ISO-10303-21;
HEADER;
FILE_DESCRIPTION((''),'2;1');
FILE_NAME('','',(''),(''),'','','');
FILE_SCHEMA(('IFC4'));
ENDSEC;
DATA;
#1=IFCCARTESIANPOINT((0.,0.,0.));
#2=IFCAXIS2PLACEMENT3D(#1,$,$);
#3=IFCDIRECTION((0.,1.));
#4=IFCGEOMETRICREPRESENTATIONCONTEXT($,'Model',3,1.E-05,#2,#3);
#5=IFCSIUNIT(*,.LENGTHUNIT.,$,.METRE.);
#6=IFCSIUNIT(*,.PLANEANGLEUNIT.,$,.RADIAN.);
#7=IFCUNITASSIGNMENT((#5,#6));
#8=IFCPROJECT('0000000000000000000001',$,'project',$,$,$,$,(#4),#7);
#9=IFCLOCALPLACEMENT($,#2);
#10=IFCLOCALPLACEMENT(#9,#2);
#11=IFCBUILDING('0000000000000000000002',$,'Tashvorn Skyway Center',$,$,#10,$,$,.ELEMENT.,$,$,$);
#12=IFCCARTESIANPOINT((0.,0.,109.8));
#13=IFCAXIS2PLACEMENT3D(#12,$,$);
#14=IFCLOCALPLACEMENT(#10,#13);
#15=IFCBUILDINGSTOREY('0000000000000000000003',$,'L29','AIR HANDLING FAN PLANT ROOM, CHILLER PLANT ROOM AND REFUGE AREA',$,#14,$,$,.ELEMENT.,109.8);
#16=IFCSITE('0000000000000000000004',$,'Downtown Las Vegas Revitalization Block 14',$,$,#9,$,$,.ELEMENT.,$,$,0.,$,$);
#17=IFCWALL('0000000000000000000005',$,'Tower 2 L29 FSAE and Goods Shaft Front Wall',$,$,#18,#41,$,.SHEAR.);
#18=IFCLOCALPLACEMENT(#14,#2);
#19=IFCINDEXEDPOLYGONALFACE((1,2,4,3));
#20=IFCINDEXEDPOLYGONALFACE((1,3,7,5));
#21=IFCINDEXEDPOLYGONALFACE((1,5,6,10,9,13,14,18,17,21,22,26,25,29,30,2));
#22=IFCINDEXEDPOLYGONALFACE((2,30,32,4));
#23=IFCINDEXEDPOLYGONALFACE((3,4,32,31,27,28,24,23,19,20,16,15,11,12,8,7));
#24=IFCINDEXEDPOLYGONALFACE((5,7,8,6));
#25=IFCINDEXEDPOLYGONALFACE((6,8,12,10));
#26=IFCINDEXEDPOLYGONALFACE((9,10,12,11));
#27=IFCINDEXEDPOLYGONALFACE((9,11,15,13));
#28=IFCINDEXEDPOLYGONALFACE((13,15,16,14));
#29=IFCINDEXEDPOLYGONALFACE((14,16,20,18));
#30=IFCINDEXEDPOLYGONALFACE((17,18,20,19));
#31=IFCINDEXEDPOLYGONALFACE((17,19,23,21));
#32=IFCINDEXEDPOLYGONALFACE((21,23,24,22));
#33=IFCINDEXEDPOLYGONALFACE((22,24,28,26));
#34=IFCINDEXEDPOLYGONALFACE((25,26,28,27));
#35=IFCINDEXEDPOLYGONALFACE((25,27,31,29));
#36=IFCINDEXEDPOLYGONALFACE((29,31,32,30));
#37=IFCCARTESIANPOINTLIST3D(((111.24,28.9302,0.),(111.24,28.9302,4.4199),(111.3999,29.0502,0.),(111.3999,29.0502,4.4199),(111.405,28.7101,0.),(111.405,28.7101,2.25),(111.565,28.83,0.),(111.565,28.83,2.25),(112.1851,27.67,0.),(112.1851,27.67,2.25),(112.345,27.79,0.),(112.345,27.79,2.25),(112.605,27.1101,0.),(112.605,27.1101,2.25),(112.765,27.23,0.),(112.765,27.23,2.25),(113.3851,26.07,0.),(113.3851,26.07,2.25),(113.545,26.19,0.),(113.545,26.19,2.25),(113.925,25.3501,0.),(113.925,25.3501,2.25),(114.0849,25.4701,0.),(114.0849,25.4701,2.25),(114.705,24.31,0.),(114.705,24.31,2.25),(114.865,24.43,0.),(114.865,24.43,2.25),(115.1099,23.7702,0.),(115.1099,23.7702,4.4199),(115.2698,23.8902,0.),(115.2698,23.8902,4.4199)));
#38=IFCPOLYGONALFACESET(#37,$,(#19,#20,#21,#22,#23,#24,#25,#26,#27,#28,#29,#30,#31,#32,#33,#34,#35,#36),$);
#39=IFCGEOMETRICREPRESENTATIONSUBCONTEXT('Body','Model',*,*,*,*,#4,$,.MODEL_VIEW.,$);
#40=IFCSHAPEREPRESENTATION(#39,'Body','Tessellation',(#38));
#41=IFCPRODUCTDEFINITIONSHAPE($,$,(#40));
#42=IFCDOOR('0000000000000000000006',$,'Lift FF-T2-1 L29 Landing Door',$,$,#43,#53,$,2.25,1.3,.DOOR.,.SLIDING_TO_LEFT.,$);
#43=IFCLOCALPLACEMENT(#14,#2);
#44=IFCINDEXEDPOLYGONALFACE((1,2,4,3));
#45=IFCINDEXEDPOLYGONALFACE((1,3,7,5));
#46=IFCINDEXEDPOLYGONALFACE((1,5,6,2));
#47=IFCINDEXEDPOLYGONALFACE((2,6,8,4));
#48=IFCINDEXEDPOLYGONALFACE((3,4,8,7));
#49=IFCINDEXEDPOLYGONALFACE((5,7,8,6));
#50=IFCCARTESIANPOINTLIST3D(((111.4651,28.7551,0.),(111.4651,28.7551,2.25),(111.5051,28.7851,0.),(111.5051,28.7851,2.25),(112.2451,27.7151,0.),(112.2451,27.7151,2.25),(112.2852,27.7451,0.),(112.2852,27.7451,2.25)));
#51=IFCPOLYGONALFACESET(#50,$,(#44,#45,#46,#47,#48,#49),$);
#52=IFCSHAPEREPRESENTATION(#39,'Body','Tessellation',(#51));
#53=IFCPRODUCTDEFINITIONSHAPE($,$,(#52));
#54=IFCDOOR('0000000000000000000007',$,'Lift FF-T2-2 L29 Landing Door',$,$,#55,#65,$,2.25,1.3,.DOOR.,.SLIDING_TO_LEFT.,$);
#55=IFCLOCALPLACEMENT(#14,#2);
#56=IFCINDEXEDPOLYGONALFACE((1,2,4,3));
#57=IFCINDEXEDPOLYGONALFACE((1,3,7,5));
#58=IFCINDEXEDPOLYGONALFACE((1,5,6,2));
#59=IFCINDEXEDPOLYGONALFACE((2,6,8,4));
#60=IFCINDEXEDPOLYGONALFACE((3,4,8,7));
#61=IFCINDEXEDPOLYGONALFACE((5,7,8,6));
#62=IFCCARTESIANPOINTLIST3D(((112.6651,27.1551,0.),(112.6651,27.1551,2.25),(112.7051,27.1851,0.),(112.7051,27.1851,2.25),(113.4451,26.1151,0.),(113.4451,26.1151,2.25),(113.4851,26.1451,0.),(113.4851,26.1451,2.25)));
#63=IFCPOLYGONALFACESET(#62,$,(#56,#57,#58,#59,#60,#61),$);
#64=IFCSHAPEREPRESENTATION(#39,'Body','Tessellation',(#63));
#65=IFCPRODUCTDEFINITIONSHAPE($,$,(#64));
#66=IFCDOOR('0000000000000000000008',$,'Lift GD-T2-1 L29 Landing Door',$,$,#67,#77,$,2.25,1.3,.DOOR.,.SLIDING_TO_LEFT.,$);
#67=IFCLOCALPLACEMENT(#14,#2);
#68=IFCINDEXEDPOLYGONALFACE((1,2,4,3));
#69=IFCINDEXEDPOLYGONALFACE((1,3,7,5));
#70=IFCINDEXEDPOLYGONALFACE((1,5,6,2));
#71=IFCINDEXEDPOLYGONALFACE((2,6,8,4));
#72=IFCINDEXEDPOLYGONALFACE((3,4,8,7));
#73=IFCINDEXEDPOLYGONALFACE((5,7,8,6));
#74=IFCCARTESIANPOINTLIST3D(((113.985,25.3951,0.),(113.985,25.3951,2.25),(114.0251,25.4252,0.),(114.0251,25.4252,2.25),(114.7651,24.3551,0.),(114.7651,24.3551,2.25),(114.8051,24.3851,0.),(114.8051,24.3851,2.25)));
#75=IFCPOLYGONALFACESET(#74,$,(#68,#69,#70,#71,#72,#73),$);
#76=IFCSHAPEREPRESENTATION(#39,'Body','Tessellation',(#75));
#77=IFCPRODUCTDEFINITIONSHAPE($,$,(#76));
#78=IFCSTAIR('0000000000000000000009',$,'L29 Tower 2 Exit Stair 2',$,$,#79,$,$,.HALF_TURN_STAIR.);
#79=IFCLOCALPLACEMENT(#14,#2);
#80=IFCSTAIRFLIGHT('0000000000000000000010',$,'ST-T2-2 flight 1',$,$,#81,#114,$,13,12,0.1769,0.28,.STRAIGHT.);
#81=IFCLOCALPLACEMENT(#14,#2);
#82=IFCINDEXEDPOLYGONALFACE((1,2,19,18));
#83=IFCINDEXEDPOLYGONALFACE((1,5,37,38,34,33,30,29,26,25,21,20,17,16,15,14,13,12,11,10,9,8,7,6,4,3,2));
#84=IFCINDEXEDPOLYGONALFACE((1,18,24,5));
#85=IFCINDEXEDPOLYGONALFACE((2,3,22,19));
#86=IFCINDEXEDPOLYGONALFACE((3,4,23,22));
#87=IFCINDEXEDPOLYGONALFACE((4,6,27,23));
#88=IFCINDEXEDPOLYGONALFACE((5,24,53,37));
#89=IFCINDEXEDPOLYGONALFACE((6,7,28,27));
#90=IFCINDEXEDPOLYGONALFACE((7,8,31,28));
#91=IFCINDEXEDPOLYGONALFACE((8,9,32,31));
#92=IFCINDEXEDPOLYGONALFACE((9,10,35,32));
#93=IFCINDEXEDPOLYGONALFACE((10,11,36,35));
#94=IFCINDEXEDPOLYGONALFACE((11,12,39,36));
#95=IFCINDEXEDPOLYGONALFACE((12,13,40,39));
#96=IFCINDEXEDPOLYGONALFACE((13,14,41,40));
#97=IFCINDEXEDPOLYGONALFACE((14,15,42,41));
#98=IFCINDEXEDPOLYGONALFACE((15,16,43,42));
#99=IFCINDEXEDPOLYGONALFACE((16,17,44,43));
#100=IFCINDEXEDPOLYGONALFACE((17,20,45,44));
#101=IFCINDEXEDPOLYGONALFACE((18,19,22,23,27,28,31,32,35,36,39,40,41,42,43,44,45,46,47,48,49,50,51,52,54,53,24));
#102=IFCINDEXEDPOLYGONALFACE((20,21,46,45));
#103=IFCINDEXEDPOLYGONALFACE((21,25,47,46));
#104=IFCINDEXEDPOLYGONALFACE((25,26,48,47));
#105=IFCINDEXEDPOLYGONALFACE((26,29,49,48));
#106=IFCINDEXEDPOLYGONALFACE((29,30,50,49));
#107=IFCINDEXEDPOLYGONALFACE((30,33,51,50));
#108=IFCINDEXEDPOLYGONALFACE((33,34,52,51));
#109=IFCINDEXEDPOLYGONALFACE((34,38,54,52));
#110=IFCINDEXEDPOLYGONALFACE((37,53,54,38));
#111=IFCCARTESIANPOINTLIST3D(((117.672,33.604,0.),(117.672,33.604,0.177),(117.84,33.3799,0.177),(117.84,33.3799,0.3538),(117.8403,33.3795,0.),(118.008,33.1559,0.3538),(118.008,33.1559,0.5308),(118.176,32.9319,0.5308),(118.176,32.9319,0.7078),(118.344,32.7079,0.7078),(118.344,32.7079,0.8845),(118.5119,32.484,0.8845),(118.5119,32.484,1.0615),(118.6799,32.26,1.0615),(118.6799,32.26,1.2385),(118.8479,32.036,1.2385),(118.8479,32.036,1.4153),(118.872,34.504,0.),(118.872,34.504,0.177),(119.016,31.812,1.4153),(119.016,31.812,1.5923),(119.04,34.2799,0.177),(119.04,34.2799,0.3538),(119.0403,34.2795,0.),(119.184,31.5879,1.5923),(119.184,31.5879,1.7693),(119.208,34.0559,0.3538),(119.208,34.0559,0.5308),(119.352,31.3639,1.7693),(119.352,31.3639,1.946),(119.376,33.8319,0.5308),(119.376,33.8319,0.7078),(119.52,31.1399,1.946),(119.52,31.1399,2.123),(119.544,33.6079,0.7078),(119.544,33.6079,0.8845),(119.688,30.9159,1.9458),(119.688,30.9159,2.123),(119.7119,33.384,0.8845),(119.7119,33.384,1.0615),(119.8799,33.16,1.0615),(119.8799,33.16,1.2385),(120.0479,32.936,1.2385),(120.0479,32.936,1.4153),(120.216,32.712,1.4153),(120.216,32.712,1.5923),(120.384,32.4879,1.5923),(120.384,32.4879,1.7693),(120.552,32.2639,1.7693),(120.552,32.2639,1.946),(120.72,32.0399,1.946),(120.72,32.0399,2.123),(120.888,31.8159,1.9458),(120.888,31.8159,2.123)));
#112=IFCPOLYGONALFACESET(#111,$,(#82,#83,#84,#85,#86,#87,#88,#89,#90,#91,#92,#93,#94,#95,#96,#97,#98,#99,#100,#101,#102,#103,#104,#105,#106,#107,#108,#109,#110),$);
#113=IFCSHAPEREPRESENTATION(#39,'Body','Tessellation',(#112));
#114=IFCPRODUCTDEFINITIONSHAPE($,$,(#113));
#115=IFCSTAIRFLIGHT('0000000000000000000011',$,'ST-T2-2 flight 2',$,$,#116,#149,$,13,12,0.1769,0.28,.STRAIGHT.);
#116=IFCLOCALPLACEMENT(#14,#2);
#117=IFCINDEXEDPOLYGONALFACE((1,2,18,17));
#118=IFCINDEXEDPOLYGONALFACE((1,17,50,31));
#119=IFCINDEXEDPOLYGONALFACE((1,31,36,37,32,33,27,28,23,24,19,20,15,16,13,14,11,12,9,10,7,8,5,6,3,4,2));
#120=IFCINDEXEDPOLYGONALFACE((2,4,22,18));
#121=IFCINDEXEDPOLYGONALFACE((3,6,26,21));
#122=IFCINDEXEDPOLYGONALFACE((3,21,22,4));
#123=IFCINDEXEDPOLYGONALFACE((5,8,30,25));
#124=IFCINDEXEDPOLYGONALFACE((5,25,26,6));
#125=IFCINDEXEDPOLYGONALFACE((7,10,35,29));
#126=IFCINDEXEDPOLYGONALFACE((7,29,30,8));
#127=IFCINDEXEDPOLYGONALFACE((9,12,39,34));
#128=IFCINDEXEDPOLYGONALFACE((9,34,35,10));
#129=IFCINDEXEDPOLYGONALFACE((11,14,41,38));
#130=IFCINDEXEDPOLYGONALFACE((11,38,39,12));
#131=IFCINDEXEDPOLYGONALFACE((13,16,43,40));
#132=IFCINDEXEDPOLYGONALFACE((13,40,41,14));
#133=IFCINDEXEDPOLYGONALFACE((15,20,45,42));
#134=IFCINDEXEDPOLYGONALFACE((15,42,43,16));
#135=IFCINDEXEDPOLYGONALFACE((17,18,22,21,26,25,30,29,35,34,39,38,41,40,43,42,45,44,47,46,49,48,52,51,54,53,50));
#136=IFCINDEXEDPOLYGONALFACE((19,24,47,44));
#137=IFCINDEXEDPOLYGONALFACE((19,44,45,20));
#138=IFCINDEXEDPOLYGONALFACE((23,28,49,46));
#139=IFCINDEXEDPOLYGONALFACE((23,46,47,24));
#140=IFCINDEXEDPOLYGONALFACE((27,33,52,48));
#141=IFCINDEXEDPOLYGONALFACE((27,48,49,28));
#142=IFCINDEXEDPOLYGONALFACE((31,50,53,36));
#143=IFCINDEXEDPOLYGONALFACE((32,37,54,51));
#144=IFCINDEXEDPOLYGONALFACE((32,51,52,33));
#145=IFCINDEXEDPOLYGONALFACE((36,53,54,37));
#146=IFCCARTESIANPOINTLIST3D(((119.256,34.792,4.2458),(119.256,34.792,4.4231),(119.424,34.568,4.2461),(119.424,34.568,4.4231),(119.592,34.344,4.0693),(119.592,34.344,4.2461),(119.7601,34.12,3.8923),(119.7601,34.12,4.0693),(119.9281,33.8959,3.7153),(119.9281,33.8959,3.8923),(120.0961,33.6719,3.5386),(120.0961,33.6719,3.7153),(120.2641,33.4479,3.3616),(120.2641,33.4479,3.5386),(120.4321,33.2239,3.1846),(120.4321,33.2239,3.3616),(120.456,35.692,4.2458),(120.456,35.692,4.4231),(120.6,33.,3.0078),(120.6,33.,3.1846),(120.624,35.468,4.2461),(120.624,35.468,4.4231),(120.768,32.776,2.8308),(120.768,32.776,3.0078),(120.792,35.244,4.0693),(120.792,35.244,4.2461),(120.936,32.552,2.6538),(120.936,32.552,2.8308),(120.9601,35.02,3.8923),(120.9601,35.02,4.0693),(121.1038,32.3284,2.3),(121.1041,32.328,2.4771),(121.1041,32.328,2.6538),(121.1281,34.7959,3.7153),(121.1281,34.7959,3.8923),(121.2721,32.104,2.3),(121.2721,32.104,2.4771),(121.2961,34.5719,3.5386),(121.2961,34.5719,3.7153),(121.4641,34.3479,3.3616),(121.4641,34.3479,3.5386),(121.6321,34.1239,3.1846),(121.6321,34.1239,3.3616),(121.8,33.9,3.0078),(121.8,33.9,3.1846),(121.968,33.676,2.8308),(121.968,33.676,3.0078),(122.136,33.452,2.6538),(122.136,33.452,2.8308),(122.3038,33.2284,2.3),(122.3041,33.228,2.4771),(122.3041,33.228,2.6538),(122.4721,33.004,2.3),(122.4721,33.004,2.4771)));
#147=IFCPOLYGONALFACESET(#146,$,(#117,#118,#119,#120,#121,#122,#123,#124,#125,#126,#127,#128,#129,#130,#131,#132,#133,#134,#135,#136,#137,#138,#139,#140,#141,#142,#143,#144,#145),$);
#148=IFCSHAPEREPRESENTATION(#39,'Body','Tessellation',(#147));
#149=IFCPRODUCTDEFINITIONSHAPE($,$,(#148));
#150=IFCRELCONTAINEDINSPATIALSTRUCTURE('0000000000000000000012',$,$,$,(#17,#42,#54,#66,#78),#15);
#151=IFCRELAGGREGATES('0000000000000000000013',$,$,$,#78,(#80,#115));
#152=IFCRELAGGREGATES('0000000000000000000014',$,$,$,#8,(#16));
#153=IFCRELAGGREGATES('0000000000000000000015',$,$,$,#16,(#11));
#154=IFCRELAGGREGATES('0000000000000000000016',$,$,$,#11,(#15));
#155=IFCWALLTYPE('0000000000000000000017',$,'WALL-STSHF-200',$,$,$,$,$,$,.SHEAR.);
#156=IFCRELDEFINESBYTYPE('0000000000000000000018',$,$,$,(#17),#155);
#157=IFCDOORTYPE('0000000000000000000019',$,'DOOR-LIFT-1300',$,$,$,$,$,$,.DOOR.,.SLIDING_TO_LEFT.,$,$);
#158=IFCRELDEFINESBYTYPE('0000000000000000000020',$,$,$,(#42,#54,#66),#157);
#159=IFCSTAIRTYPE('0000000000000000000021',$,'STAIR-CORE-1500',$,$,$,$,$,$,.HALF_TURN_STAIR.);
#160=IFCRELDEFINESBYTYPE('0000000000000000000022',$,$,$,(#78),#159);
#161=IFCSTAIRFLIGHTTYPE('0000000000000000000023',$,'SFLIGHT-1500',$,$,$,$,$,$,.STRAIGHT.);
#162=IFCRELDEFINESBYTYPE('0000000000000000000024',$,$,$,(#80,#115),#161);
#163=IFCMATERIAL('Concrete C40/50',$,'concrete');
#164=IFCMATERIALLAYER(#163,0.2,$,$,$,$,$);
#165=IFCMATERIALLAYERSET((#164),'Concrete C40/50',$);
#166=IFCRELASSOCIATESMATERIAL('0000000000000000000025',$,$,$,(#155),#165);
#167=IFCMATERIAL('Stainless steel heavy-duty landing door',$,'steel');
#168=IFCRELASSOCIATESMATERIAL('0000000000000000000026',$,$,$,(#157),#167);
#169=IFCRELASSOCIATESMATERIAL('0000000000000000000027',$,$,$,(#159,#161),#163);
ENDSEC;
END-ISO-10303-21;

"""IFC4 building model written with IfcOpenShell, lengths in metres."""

from ifc_helpers import new_model, si_unit, direction, frame, frame_2d, origin, place, context, subcontext, project, spatial, polyline, rectangle, outline, extrude, material, layer, layer_set, type_object, element, fill, aggregate, save


model = new_model("IFC4")

# Units and contexts
model_context = context("Model", 3, precision=1e-05, world=origin(), true_north=direction((0.0, 1.0)))
body_context = subcontext(model_context, "Body", "Model", "MODEL_VIEW")
ifc_project = project(units=[si_unit("LENGTHUNIT", "METRE"), si_unit("PLANEANGLEUNIT", "RADIAN")], contexts=[model_context])

# Site, building, storey
site_placement = place(None, origin())
site = spatial("IfcSite", under=ifc_project, at=site_placement, Name="Downtown Las Vegas Revitalization Block 14", CompositionType="ELEMENT", RefElevation=0.0)
building_placement = place(site_placement, origin())
building = spatial("IfcBuilding", under=site, at=building_placement, Name="Tashvorn Skyway Center", CompositionType="ELEMENT")
storey_placement = place(building_placement, frame((0.0, 0.0, 109.8)))
storey = spatial("IfcBuildingStorey", under=building, at=storey_placement, Name="L29", Description="AIR HANDLING FAN PLANT ROOM, CHILLER PLANT ROOM AND REFUGE AREA", CompositionType="ELEMENT", Elevation=109.8)

# Shared definitions
ifc_material_1 = material(Name="Concrete C40/50", Category="concrete")

# Shared definitions
ifc_layer_1 = layer(ifc_material_1, 0.2)
ifc_layer_set_1 = layer_set([ifc_layer_1], Name="Concrete C40/50")
wall_type_1 = type_object("IfcWallType", Name="WALL-STSHF-200", PredefinedType="SHEAR", material=ifc_layer_set_1)

# Wall, openings, doors
wall_1_placement = place(storey_placement, frame((115.1899, 23.8301, 0.0), z_axis=(0.0, 0.0, 1.0), x_axis=(-0.599994, 0.800005, 0.0)))
wall_1 = element("IfcWall", 1, at=wall_1_placement, inside=storey, type_object=wall_type_1, Name="Tower 2 L29 FSAE and Goods Shaft Front Wall", PredefinedType="SHEAR", context=body_context, shape_type="SweptSolid", body=[
    extrude(rectangle(XDim=6.45, YDim=0.2, at=frame_2d((3.2251, 0.0))), origin(), (0.0, 0.0, 1.0), 4.4199),
])
opening_1_placement = place(wall_1_placement, frame((4.875, 0.0, 0.0)))
opening_1 = element("IfcOpeningElement", 2, at=opening_1_placement, cuts=wall_1, PredefinedType="OPENING", context=body_context, shape_type="SweptSolid", body=[
    extrude(rectangle(XDim=1.3, YDim=2.25, at=frame_2d((0.6499, 1.125))), frame((0.0, 0.1099, 0.0), z_axis=(0.0, -1.0, 0.0), x_axis=(1.0, 0.0, 0.0)), (0.0, 0.0, 1.0), 0.22),
])
opening_2_placement = place(wall_1_placement, frame((2.875, 0.0, 0.0)))
opening_2 = element("IfcOpeningElement", 3, at=opening_2_placement, cuts=wall_1, PredefinedType="OPENING", context=body_context, shape_type="SweptSolid", body=[
    extrude(rectangle(XDim=1.3, YDim=2.25, at=frame_2d((0.6499, 1.125))), frame((0.0, 0.1099, 0.0), z_axis=(0.0, -1.0, 0.0), x_axis=(1.0, 0.0, 0.0)), (0.0, 0.0, 1.0), 0.22),
])
opening_3_placement = place(wall_1_placement, frame((0.675, 0.0, 0.0)))
opening_3 = element("IfcOpeningElement", 4, at=opening_3_placement, cuts=wall_1, PredefinedType="OPENING", context=body_context, shape_type="SweptSolid", body=[
    extrude(rectangle(XDim=1.3, YDim=2.25, at=frame_2d((0.6499, 1.125))), frame((0.0, 0.1099, 0.0), z_axis=(0.0, -1.0, 0.0), x_axis=(1.0, 0.0, 0.0)), (0.0, 0.0, 1.0), 0.22),
])
ifc_material_2 = material(Name="Stainless steel heavy-duty landing door", Category="steel")
door_type_1 = type_object("IfcDoorType", Name="DOOR-LIFT-1300", OperationType="SLIDING_TO_LEFT", PredefinedType="DOOR", material=ifc_material_2)
door_1_placement = place(opening_1_placement, origin())
door_1 = element("IfcDoor", 5, at=door_1_placement, inside=storey, type_object=door_type_1, Name="Lift FF-T2-1 L29 Landing Door", OperationType="SLIDING_TO_LEFT", OverallHeight=2.25, OverallWidth=1.3, PredefinedType="DOOR", context=body_context, shape_type="SweptSolid", body=[
    extrude(rectangle(XDim=1.3, YDim=2.25, at=frame_2d((0.6499, 1.125))), frame((0.0, 0.0249, 0.0), z_axis=(0.0, -1.0, 0.0), x_axis=(1.0, 0.0, 0.0)), (0.0, 0.0, 1.0), 0.05),
])
fill(opening_1, door_1)
door_2_placement = place(opening_2_placement, origin())
door_2 = element("IfcDoor", 6, at=door_2_placement, inside=storey, type_object=door_type_1, Name="Lift FF-T2-2 L29 Landing Door", OperationType="SLIDING_TO_LEFT", OverallHeight=2.25, OverallWidth=1.3, PredefinedType="DOOR", context=body_context, shape_type="SweptSolid", body=[
    extrude(rectangle(XDim=1.3, YDim=2.25, at=frame_2d((0.6499, 1.125))), frame((0.0, 0.0249, 0.0), z_axis=(0.0, -1.0, 0.0), x_axis=(1.0, 0.0, 0.0)), (0.0, 0.0, 1.0), 0.05),
])
fill(opening_2, door_2)
door_3_placement = place(opening_3_placement, origin())
door_3 = element("IfcDoor", 7, at=door_3_placement, inside=storey, type_object=door_type_1, Name="Lift GD-T2-1 L29 Landing Door", OperationType="SLIDING_TO_LEFT", OverallHeight=2.25, OverallWidth=1.3, PredefinedType="DOOR", context=body_context, shape_type="SweptSolid", body=[
    extrude(rectangle(XDim=1.3, YDim=2.25, at=frame_2d((0.6499, 1.125))), frame((0.0, 0.0249, 0.0), z_axis=(0.0, -1.0, 0.0), x_axis=(1.0, 0.0, 0.0)), (0.0, 0.0, 1.0), 0.05),
])
fill(opening_3, door_3)

# Stair, stair flights
stair_type = type_object("IfcStairType", Name="STAIR-CORE-1500", PredefinedType="HALF_TURN_STAIR", material=ifc_material_1)
stair_placement = place(storey_placement, origin())
stair = element("IfcStair", 8, at=stair_placement, inside=storey, type_object=stair_type, Name="L29 Tower 2 Exit Stair 2", PredefinedType="HALF_TURN_STAIR")
stair_flight_type = type_object("IfcStairFlightType", Name="SFLIGHT-1500", PredefinedType="STRAIGHT", material=ifc_material_1)
stair_flight_1_placement = place(storey_placement, frame((118.272, 34.054, 0.0), z_axis=(0.0, 0.0, 1.0), x_axis=(0.6, -0.8, 0.0)))
stair_flight_1 = element("IfcStairFlight", 9, at=stair_flight_1_placement, type_object=stair_flight_type, Name="ST-T2-2 flight 1", NumberOfRisers=13, NumberOfTreads=12, PredefinedType="STRAIGHT", RiserHeight=0.1769, TreadLength=0.28, context=body_context, shape_type="SweptSolid", body=[
    extrude(outline(polyline([(0.0, 0.0), (0.0, 0.177), (0.28, 0.177), (0.28, 0.3538), (0.5601, 0.3538), (0.5601, 0.5308), (0.8401, 0.5308), (0.8401, 0.7078), (1.1201, 0.7078), (1.1201, 0.8845), (1.3999, 0.8845), (1.3999, 1.0615), (1.6799, 1.0615), (1.6799, 1.2385), (1.96, 1.2385), (1.96, 1.4153), (2.24, 1.4153), (2.24, 1.5923), (2.52, 1.5923), (2.52, 1.7693), (2.8, 1.7693), (2.8, 1.946), (3.0801, 1.946), (3.0801, 2.123), (3.3601, 2.123), (3.3601, 2.3), (3.3601, 1.9458), (0.2805, 0.0), (0.0, 0.0)])), frame((0.0, 0.75, 0.0), z_axis=(0.0, -1.0, 0.0), x_axis=(1.0, 0.0, 0.0)), (0.0, 0.0, 1.0), 1.5),
])
stair_flight_2_placement = place(storey_placement, frame((121.8721, 32.554, 2.3), z_axis=(0.0, 0.0, 1.0), x_axis=(-0.6, 0.8, 0.0)))
stair_flight_2 = element("IfcStairFlight", 10, at=stair_flight_2_placement, type_object=stair_flight_type, Name="ST-T2-2 flight 2", NumberOfRisers=13, NumberOfTreads=12, PredefinedType="STRAIGHT", RiserHeight=0.1769, TreadLength=0.28, context=body_context, shape_type="SweptSolid", body=[
    extrude(outline(polyline([(0.0, 0.0), (0.0, 0.177), (0.28, 0.177), (0.28, 0.3538), (0.5601, 0.3538), (0.5601, 0.5308), (0.8401, 0.5308), (0.8401, 0.7078), (1.1201, 0.7078), (1.1201, 0.8845), (1.3999, 0.8845), (1.3999, 1.0615), (1.6799, 1.0615), (1.6799, 1.2385), (1.96, 1.2385), (1.96, 1.4153), (2.24, 1.4153), (2.24, 1.5923), (2.52, 1.5923), (2.52, 1.7693), (2.8, 1.7693), (2.8, 1.946), (3.0801, 1.946), (3.0801, 2.123), (3.3601, 2.123), (3.3601, 2.3), (3.3601, 1.9458), (0.2805, 0.0), (0.0, 0.0)])), frame((0.0, 0.75, 0.0), z_axis=(0.0, -1.0, 0.0), x_axis=(1.0, 0.0, 0.0)), (0.0, 0.0, 1.0), 1.5),
])
aggregate(stair, [stair_flight_1, stair_flight_2])

save(model, "model.ifc")
